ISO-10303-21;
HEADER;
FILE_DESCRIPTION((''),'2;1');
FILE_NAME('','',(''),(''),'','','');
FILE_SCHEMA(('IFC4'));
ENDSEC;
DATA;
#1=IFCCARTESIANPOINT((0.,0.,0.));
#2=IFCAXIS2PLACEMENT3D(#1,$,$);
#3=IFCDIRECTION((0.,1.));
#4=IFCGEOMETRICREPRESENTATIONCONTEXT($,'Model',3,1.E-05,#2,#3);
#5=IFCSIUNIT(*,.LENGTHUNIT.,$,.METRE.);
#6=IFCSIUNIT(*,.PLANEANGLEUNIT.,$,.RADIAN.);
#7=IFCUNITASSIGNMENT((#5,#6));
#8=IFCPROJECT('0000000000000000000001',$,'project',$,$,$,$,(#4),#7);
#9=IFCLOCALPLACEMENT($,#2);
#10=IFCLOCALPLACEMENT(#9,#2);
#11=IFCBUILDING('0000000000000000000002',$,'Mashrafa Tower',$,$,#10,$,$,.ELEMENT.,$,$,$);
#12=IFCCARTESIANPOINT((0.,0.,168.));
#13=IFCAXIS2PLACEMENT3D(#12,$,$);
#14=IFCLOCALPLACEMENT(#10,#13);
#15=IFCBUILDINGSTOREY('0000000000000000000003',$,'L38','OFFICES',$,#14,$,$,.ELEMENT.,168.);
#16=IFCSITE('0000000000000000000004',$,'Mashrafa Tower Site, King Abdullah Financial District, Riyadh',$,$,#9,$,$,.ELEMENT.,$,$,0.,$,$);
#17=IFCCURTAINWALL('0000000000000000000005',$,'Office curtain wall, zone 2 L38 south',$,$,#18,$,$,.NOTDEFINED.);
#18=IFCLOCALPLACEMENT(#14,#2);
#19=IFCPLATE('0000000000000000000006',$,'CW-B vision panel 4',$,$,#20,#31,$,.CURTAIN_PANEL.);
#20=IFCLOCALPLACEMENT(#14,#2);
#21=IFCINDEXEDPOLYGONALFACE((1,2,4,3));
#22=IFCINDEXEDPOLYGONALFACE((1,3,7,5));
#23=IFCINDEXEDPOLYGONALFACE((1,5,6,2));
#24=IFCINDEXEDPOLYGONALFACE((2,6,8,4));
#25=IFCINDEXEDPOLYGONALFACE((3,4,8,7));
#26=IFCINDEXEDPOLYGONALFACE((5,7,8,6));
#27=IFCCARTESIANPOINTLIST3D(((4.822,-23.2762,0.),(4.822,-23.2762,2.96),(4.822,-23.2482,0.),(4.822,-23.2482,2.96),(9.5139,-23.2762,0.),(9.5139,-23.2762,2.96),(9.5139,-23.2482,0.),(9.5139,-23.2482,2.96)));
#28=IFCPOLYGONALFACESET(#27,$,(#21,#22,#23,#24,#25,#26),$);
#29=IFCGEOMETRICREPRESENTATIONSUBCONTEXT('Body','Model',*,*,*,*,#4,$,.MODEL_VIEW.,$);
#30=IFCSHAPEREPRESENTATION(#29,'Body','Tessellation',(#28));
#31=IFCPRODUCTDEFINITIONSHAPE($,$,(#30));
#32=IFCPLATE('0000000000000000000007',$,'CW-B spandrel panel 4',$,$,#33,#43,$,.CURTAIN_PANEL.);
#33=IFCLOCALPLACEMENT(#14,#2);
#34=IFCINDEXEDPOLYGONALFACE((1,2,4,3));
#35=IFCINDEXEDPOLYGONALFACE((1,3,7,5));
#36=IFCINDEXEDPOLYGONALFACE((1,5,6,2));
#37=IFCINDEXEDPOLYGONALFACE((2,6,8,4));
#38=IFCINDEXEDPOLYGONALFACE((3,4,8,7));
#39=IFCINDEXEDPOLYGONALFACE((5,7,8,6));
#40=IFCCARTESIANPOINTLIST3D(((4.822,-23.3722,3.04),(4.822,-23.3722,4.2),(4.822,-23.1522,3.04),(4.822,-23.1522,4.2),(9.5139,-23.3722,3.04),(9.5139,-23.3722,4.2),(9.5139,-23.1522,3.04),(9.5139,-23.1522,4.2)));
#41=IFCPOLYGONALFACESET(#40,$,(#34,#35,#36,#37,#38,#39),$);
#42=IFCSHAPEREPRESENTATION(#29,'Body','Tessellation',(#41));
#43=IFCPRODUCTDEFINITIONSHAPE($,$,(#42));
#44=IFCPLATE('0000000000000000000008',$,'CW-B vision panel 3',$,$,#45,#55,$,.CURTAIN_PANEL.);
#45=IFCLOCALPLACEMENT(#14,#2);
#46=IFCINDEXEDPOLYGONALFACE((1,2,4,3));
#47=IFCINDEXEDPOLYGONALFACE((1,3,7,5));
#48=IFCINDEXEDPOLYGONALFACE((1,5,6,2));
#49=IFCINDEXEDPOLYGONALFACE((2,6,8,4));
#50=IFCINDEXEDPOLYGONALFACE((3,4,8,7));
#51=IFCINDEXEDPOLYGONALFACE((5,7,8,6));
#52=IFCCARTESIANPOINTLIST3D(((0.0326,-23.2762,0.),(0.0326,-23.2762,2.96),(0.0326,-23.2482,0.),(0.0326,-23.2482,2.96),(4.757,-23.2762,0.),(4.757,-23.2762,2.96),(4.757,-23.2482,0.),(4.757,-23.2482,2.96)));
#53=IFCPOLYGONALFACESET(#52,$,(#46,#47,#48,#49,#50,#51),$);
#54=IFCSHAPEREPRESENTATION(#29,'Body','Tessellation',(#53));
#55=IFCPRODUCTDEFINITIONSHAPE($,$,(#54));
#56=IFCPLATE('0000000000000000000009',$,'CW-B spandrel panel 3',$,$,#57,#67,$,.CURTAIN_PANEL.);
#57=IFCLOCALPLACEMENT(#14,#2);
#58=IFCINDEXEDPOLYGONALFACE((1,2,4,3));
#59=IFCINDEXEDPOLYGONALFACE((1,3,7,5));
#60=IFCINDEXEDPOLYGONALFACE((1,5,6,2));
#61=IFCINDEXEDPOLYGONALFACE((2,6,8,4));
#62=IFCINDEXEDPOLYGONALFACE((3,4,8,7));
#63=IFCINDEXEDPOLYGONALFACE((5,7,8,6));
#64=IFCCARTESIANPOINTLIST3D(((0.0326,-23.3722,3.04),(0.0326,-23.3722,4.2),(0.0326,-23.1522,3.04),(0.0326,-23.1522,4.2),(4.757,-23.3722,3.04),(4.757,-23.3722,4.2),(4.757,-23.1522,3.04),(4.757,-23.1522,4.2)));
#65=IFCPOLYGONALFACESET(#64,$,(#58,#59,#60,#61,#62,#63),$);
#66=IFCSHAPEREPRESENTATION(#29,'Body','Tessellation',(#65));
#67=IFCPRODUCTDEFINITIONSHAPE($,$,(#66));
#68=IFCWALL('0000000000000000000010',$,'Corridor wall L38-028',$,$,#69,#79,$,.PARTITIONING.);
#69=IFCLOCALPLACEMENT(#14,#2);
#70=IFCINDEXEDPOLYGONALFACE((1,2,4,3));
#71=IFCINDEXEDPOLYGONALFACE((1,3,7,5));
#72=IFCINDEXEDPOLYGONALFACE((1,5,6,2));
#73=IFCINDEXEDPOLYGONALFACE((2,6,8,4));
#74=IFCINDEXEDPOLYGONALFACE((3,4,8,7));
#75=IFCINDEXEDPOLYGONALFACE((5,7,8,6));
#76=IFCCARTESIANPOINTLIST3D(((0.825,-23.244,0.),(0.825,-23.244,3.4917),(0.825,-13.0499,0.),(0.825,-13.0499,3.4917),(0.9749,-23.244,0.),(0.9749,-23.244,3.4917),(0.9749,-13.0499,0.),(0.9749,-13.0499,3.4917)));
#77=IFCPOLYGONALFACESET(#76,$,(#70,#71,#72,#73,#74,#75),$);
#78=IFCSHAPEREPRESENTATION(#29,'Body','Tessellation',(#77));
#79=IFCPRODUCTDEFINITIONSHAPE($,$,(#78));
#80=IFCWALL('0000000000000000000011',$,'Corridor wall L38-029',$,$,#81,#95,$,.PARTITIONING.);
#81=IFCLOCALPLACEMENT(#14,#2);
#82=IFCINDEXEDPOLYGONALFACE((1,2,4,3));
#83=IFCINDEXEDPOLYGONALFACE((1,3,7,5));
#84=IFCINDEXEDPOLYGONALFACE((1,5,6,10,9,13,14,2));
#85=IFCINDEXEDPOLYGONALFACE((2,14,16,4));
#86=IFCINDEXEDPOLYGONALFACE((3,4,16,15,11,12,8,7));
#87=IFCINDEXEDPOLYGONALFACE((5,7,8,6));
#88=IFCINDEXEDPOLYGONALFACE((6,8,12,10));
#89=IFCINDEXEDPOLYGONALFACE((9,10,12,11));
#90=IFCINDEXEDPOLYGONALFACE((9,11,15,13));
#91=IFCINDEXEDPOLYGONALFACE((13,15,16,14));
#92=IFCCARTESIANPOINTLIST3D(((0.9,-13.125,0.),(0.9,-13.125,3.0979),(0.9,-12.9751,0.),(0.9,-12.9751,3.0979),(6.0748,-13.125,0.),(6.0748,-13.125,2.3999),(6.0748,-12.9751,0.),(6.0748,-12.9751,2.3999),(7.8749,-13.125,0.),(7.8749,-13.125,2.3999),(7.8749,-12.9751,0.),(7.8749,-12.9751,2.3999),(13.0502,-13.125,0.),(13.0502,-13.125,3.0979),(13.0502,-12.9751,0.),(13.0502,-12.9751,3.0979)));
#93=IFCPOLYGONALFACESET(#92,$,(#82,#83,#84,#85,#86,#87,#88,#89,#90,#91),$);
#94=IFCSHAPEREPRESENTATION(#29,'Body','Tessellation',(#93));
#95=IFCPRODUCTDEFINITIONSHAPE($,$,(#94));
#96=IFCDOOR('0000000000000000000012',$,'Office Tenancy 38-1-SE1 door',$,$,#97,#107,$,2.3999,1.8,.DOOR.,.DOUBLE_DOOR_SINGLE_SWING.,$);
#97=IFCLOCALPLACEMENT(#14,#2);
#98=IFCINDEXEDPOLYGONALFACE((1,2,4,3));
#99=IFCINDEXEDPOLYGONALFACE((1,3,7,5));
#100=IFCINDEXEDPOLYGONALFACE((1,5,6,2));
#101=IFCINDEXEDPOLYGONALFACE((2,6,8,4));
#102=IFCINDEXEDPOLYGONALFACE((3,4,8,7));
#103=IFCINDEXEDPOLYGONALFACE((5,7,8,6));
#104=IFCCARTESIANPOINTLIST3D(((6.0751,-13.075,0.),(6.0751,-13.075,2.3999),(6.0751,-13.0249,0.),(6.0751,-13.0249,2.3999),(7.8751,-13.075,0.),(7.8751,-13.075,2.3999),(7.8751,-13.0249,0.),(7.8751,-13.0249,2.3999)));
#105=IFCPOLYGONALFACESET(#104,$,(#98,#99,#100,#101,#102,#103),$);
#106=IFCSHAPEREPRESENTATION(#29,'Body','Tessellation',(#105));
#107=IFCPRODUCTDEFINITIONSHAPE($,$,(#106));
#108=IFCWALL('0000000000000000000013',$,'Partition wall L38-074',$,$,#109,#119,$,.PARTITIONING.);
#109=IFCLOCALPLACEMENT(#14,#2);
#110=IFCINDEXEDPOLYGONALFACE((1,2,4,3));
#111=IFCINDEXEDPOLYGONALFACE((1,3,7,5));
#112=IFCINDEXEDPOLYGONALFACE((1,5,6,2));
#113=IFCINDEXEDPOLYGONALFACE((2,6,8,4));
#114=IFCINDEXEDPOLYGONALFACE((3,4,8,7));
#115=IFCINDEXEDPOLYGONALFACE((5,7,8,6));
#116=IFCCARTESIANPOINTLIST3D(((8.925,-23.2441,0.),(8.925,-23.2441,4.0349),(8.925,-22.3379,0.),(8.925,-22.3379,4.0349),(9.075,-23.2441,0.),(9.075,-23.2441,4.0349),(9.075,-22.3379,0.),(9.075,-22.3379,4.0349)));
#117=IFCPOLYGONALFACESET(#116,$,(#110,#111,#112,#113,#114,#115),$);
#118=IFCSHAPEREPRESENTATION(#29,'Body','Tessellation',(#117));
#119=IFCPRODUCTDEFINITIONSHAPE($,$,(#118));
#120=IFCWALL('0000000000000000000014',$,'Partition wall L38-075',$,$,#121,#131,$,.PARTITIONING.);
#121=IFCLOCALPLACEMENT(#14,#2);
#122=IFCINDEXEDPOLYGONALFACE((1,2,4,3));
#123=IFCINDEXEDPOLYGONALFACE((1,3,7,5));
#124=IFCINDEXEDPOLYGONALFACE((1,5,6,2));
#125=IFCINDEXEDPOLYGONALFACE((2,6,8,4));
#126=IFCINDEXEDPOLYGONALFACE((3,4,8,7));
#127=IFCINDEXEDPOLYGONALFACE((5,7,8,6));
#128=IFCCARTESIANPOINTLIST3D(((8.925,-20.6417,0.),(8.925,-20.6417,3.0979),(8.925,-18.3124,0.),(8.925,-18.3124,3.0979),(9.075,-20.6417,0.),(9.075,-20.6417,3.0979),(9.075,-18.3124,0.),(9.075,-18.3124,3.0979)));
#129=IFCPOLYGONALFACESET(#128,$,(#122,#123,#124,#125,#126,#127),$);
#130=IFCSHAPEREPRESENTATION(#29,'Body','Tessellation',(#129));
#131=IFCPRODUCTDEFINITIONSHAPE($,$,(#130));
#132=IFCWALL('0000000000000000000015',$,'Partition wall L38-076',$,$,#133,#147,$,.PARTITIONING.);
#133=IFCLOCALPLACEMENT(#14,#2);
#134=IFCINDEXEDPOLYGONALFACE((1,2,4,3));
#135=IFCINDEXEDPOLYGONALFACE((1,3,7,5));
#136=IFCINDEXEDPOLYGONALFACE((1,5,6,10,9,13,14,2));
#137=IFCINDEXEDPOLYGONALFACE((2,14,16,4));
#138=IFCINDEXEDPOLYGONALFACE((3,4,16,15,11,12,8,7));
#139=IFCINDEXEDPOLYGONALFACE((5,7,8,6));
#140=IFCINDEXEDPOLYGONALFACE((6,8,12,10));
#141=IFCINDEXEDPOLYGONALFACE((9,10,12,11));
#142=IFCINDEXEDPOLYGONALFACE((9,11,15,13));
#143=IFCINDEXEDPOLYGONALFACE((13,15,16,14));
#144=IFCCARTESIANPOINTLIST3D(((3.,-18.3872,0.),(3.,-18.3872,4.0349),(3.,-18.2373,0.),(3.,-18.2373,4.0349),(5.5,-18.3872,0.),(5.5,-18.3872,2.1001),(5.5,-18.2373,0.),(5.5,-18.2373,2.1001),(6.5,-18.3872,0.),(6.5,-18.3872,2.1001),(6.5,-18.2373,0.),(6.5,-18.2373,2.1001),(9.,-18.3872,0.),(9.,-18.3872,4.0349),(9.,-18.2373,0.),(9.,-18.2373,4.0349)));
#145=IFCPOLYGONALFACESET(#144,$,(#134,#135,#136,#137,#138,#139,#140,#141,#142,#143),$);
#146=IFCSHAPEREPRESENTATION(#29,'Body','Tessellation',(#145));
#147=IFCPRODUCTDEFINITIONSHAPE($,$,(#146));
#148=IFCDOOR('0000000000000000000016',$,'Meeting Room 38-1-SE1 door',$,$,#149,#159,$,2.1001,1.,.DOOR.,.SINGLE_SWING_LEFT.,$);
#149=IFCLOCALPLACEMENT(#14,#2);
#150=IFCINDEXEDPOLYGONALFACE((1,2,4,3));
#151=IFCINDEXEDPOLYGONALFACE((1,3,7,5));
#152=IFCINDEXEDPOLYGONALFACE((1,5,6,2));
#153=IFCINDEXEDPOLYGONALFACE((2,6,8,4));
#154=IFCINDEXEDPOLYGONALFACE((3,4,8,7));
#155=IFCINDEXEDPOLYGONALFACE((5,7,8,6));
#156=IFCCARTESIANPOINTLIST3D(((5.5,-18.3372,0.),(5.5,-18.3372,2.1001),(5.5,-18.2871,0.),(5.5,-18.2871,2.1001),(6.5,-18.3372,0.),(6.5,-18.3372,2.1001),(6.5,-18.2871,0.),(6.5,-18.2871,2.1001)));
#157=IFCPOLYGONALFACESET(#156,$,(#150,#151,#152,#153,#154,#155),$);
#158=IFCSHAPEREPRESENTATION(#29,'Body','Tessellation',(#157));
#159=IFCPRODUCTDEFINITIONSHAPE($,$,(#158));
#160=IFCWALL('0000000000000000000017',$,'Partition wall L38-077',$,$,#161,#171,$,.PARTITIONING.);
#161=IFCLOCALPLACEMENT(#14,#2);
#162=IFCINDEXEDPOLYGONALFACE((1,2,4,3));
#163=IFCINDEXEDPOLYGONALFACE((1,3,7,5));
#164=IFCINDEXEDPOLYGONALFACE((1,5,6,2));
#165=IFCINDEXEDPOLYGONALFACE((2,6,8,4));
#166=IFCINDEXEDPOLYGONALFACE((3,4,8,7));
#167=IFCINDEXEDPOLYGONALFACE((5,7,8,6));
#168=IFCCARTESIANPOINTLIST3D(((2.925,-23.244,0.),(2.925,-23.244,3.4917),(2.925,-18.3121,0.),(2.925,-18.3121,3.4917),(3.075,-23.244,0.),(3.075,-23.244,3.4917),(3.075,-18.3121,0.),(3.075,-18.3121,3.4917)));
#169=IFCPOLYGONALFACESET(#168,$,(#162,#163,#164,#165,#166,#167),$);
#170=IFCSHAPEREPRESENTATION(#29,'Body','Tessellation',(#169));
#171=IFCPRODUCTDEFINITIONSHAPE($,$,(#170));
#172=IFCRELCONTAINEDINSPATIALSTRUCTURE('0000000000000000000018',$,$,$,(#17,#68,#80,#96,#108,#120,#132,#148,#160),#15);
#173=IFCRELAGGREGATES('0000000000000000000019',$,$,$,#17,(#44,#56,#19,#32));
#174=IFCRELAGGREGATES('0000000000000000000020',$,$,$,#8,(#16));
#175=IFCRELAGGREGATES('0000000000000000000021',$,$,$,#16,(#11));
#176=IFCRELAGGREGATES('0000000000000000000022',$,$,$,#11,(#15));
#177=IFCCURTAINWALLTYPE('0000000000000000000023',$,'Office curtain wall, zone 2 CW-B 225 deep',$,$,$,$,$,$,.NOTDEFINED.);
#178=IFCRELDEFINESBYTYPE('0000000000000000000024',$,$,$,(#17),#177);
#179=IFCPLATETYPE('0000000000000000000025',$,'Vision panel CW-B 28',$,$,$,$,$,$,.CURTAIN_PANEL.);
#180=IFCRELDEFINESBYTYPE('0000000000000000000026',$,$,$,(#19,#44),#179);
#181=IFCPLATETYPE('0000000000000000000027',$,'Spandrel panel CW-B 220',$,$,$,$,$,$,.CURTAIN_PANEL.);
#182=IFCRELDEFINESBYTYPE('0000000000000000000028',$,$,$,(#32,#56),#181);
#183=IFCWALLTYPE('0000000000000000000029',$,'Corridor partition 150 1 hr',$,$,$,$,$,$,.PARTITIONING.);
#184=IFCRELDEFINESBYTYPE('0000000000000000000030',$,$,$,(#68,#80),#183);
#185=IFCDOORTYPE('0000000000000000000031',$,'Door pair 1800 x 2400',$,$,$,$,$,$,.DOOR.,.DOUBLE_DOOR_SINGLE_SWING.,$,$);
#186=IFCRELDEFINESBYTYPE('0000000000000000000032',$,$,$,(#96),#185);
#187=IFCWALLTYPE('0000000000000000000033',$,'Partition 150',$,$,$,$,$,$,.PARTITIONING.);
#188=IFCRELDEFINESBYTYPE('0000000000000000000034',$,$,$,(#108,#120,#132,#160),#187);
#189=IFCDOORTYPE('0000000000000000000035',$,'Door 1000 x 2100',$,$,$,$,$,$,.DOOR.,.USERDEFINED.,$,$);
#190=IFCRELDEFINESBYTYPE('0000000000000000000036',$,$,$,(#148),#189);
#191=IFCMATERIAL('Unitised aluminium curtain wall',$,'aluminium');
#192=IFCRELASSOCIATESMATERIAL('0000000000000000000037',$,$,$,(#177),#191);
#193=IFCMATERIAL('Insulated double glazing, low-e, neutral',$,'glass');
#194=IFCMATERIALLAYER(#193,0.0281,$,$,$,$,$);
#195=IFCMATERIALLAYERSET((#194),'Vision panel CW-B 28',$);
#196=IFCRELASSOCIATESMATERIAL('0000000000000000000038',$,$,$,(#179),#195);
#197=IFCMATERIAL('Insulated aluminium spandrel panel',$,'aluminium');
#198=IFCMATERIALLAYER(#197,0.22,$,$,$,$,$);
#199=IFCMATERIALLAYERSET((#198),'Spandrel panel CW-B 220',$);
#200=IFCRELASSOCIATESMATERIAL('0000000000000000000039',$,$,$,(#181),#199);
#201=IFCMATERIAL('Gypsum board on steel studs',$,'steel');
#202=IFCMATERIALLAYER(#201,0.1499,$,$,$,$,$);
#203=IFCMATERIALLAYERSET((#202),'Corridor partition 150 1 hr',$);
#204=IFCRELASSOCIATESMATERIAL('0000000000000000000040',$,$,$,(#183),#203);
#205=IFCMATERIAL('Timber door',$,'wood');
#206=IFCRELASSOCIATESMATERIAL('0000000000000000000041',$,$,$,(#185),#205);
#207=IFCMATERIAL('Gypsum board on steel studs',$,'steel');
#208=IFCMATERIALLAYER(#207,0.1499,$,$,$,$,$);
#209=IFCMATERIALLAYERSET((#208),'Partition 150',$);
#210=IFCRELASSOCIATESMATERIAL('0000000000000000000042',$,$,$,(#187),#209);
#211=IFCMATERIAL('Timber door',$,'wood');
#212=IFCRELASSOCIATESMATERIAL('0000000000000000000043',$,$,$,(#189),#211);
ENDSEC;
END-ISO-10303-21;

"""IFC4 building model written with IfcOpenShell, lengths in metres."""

from ifc_helpers import new_model, si_unit, direction, frame, frame_2d, origin, origin_2d, place, context, subcontext, project, spatial, rectangle, extrude, source, transform, mapped, material, layer, layer_set, type_object, type_shapes, element, fill, aggregate, save


model = new_model("IFC4")

# Units and contexts
model_context = context("Model", 3, precision=1e-05, world=origin(), true_north=direction((0.0, 1.0)))
body_context = subcontext(model_context, "Body", "Model", "MODEL_VIEW")
ifc_project = project(units=[si_unit("LENGTHUNIT", "METRE"), si_unit("PLANEANGLEUNIT", "RADIAN")], contexts=[model_context])

# Site, building, storey
site_placement = place(None, origin())
site = spatial("IfcSite", under=ifc_project, at=site_placement, Name="Mashrafa Tower Site, King Abdullah Financial District, Riyadh", CompositionType="ELEMENT", RefElevation=0.0)
building_placement = place(site_placement, origin())
building = spatial("IfcBuilding", under=site, at=building_placement, Name="Mashrafa Tower", CompositionType="ELEMENT")
storey_placement = place(building_placement, frame((0.0, 0.0, 168.0)))
storey = spatial("IfcBuildingStorey", under=building, at=storey_placement, Name="L38", Description="OFFICES", CompositionType="ELEMENT", Elevation=168.0)

# Curtain wall
ifc_material_1 = material(Name="Unitised aluminium curtain wall", Category="aluminium")
curtain_wall_type = type_object("IfcCurtainWallType", Name="Office curtain wall, zone 2 CW-B 225 deep", PredefinedType="NOTDEFINED", material=ifc_material_1)
curtain_wall_1_placement = place(storey_placement, origin())
curtain_wall_1 = element("IfcCurtainWall", 1, at=curtain_wall_1_placement, inside=storey, type_object=curtain_wall_type, Name="Office curtain wall, zone 2 L38 south", PredefinedType="NOTDEFINED")

# Plates
ifc_material_2 = material(Name="Insulated double glazing, low-e, neutral", Category="glass")
ifc_layer_1 = layer(ifc_material_2, 0.0281)
ifc_layer_set_1 = layer_set([ifc_layer_1], Name="Vision panel CW-B 28")
plate_type_1 = type_object("IfcPlateType", Name="Vision panel CW-B 28", PredefinedType="CURTAIN_PANEL", material=ifc_layer_set_1)
shared_shape_1 = source(origin(), body_context, "Body", "SweptSolid", [
    extrude(rectangle(XDim=4.6919, YDim=0.0281, at=origin_2d()), origin(), (0.0, 0.0, 1.0), 2.96),
])
plate_1_placement = place(storey_placement, frame((7.168, -23.2622, 0.0), z_axis=(0.0, 0.0, 1.0), x_axis=(1.0, 0.0, 0.0)))
plate_1 = element("IfcPlate", 2, at=plate_1_placement, type_object=plate_type_1, Name="CW-B vision panel 4", PredefinedType="CURTAIN_PANEL", context=body_context, shape_type="MappedRepresentation", body=[
    mapped(shared_shape_1, transform((0.0, 0.0, 0.0))),
])
ifc_material_3 = material(Name="Insulated aluminium spandrel panel", Category="aluminium")
ifc_layer_2 = layer(ifc_material_3, 0.22)
ifc_layer_set_2 = layer_set([ifc_layer_2], Name="Spandrel panel CW-B 220")
plate_type_2 = type_object("IfcPlateType", Name="Spandrel panel CW-B 220", PredefinedType="CURTAIN_PANEL", material=ifc_layer_set_2)
shared_shape_2 = source(origin(), body_context, "Body", "SweptSolid", [
    extrude(rectangle(XDim=4.6919, YDim=0.22, at=origin_2d()), origin(), (0.0, 0.0, 1.0), 1.1599),
])
plate_2_placement = place(storey_placement, frame((7.168, -23.2622, 3.04), z_axis=(0.0, 0.0, 1.0), x_axis=(1.0, 0.0, 0.0)))
plate_2 = element("IfcPlate", 3, at=plate_2_placement, type_object=plate_type_2, Name="CW-B spandrel panel 4", PredefinedType="CURTAIN_PANEL", context=body_context, shape_type="MappedRepresentation", body=[
    mapped(shared_shape_2, transform((0.0, 0.0, 0.0))),
])
shared_shape_3 = source(origin(), body_context, "Body", "SweptSolid", [
    extrude(rectangle(XDim=4.7244, YDim=0.0281, at=origin_2d()), origin(), (0.0, 0.0, 1.0), 2.96),
])
type_shapes(plate_type_1, [shared_shape_1, shared_shape_3])
plate_3_placement = place(storey_placement, frame((2.3948, -23.2622, 0.0), z_axis=(0.0, 0.0, 1.0), x_axis=(1.0, 0.0, 0.0)))
plate_3 = element("IfcPlate", 4, at=plate_3_placement, type_object=plate_type_1, Name="CW-B vision panel 3", PredefinedType="CURTAIN_PANEL", context=body_context, shape_type="MappedRepresentation", body=[
    mapped(shared_shape_3, transform((0.0, 0.0, 0.0))),
])
shared_shape_4 = source(origin(), body_context, "Body", "SweptSolid", [
    extrude(rectangle(XDim=4.7244, YDim=0.22, at=origin_2d()), origin(), (0.0, 0.0, 1.0), 1.1599),
])
type_shapes(plate_type_2, [shared_shape_2, shared_shape_4])
plate_4_placement = place(storey_placement, frame((2.3948, -23.2622, 3.04), z_axis=(0.0, 0.0, 1.0), x_axis=(1.0, 0.0, 0.0)))
plate_4 = element("IfcPlate", 5, at=plate_4_placement, type_object=plate_type_2, Name="CW-B spandrel panel 3", PredefinedType="CURTAIN_PANEL", context=body_context, shape_type="MappedRepresentation", body=[
    mapped(shared_shape_4, transform((0.0, 0.0, 0.0))),
])
aggregate(curtain_wall_1, [plate_3, plate_4, plate_1, plate_2])

# Wall
ifc_material_4 = material(Name="Gypsum board on steel studs", Category="steel")
ifc_layer_3 = layer(ifc_material_4, 0.1499)
ifc_layer_set_3 = layer_set([ifc_layer_3], Name="Corridor partition 150 1 hr")
wall_type_1 = type_object("IfcWallType", Name="Corridor partition 150 1 hr", PredefinedType="PARTITIONING", material=ifc_layer_set_3)
wall_1_placement = place(storey_placement, frame((0.8999, -23.2441, 0.0), z_axis=(0.0, 0.0, 1.0), x_axis=(0.0, 1.0, 0.0)))
element("IfcWall", 6, at=wall_1_placement, inside=storey, type_object=wall_type_1, Name="Corridor wall L38-028", PredefinedType="PARTITIONING", context=body_context, shape_type="SweptSolid", body=[
    extrude(rectangle(XDim=10.1941, YDim=0.1499, at=frame_2d((5.0972, 0.0))), origin(), (0.0, 0.0, 1.0), 3.4917),
])

# Wall, opening, door
wall_2_placement = place(storey_placement, frame((0.8999, -13.05, 0.0), z_axis=(0.0, 0.0, 1.0), x_axis=(1.0, 0.0, 0.0)))
wall_2 = element("IfcWall", 7, at=wall_2_placement, inside=storey, type_object=wall_type_1, Name="Corridor wall L38-029", PredefinedType="PARTITIONING", context=body_context, shape_type="SweptSolid", body=[
    extrude(rectangle(XDim=12.1501, YDim=0.1499, at=frame_2d((6.0752, 0.0))), origin(), (0.0, 0.0, 1.0), 3.0979),
])
opening_1_placement = place(wall_2_placement, frame((5.175, 0.0, 0.0)))
opening_1 = element("IfcOpeningElement", 8, at=opening_1_placement, cuts=wall_2, PredefinedType="OPENING", context=body_context, shape_type="SweptSolid", body=[
    extrude(rectangle(XDim=1.8, YDim=2.3999, at=frame_2d((0.8999, 1.2))), frame((0.0, 0.085, 0.0), z_axis=(0.0, -1.0, 0.0), x_axis=(1.0, 0.0, 0.0)), (0.0, 0.0, 1.0), 0.1699),
])
ifc_material_5 = material(Name="Timber door", Category="wood")
door_type_1 = type_object("IfcDoorType", Name="Door pair 1800 x 2400", OperationType="DOUBLE_DOOR_SINGLE_SWING", PredefinedType="DOOR", material=ifc_material_5)
door_1_placement = place(opening_1_placement, frame((1.8, 0.0, 0.0), z_axis=(0.0, 0.0, 1.0), x_axis=(-1.0, 0.0, 0.0)))
door_1 = element("IfcDoor", 9, at=door_1_placement, inside=storey, type_object=door_type_1, Name="Office Tenancy 38-1-SE1 door", OperationType="DOUBLE_DOOR_SINGLE_SWING", OverallHeight=2.3999, OverallWidth=1.8, PredefinedType="DOOR", context=body_context, shape_type="SweptSolid", body=[
    extrude(rectangle(XDim=1.8, YDim=2.3999, at=frame_2d((0.8999, 1.2))), frame((0.0, 0.0249, 0.0), z_axis=(0.0, -1.0, 0.0), x_axis=(1.0, 0.0, 0.0)), (0.0, 0.0, 1.0), 0.05),
])
fill(opening_1, door_1)

# Walls
ifc_material_6 = material(Name="Gypsum board on steel studs", Category="steel")
ifc_layer_4 = layer(ifc_material_6, 0.1499)
ifc_layer_set_4 = layer_set([ifc_layer_4], Name="Partition 150")
wall_type_2 = type_object("IfcWallType", Name="Partition 150", PredefinedType="PARTITIONING", material=ifc_layer_set_4)
wall_3_placement = place(storey_placement, frame((9.0, -23.2441, 0.0), z_axis=(0.0, 0.0, 1.0), x_axis=(0.0, 1.0, 0.0)))
element("IfcWall", 10, at=wall_3_placement, inside=storey, type_object=wall_type_2, Name="Partition wall L38-074", PredefinedType="PARTITIONING", context=body_context, shape_type="SweptSolid", body=[
    extrude(rectangle(XDim=0.9062, YDim=0.1499, at=frame_2d((0.4531, 0.0))), origin(), (0.0, 0.0, 1.0), 4.0349),
])
wall_4_placement = place(storey_placement, frame((9.0, -20.6416, 0.0), z_axis=(0.0, 0.0, 1.0), x_axis=(0.0, 1.0, 0.0)))
element("IfcWall", 11, at=wall_4_placement, inside=storey, type_object=wall_type_2, Name="Partition wall L38-075", PredefinedType="PARTITIONING", context=body_context, shape_type="SweptSolid", body=[
    extrude(rectangle(XDim=2.3293, YDim=0.1499, at=frame_2d((1.1646, 0.0))), origin(), (0.0, 0.0, 1.0), 3.0979),
])

# Wall, opening, door
wall_5_placement = place(storey_placement, frame((9.0, -18.3123, 0.0), z_axis=(0.0, 0.0, 1.0), x_axis=(-1.0, 0.0, 0.0)))
wall_5 = element("IfcWall", 12, at=wall_5_placement, inside=storey, type_object=wall_type_2, Name="Partition wall L38-076", PredefinedType="PARTITIONING", context=body_context, shape_type="SweptSolid", body=[
    extrude(rectangle(XDim=6.0, YDim=0.1499, at=frame_2d((3.0, 0.0))), origin(), (0.0, 0.0, 1.0), 4.0349),
])
opening_2_placement = place(wall_5_placement, frame((2.5, 0.0, 0.0)))
opening_2 = element("IfcOpeningElement", 13, at=opening_2_placement, cuts=wall_5, PredefinedType="OPENING", context=body_context, shape_type="SweptSolid", body=[
    extrude(rectangle(XDim=1.0, YDim=2.1001, at=frame_2d((0.5, 1.05))), frame((0.0, 0.085, 0.0), z_axis=(0.0, -1.0, 0.0), x_axis=(1.0, 0.0, 0.0)), (0.0, 0.0, 1.0), 0.1699),
])
ifc_material_7 = material(Name="Timber door", Category="wood")
door_type_2 = type_object("IfcDoorType", Name="Door 1000 x 2100", OperationType="USERDEFINED", PredefinedType="DOOR", material=ifc_material_7)
door_2_placement = place(opening_2_placement, origin())
door_2 = element("IfcDoor", 14, at=door_2_placement, inside=storey, type_object=door_type_2, Name="Meeting Room 38-1-SE1 door", OperationType="SINGLE_SWING_LEFT", OverallHeight=2.1001, OverallWidth=1.0, PredefinedType="DOOR", context=body_context, shape_type="SweptSolid", body=[
    extrude(rectangle(XDim=1.0, YDim=2.1001, at=frame_2d((0.5, 1.05))), frame((0.0, 0.0249, 0.0), z_axis=(0.0, -1.0, 0.0), x_axis=(1.0, 0.0, 0.0)), (0.0, 0.0, 1.0), 0.05),
])
fill(opening_2, door_2)

# Wall
wall_6_placement = place(storey_placement, frame((3.0, -18.3123, 0.0), z_axis=(0.0, 0.0, 1.0), x_axis=(0.0, -1.0, 0.0)))
element("IfcWall", 15, at=wall_6_placement, inside=storey, type_object=wall_type_2, Name="Partition wall L38-077", PredefinedType="PARTITIONING", context=body_context, shape_type="SweptSolid", body=[
    extrude(rectangle(XDim=4.9319, YDim=0.1499, at=frame_2d((2.4658, 0.0))), origin(), (0.0, 0.0, 1.0), 3.4917),
])

save(model, "model.ifc")
